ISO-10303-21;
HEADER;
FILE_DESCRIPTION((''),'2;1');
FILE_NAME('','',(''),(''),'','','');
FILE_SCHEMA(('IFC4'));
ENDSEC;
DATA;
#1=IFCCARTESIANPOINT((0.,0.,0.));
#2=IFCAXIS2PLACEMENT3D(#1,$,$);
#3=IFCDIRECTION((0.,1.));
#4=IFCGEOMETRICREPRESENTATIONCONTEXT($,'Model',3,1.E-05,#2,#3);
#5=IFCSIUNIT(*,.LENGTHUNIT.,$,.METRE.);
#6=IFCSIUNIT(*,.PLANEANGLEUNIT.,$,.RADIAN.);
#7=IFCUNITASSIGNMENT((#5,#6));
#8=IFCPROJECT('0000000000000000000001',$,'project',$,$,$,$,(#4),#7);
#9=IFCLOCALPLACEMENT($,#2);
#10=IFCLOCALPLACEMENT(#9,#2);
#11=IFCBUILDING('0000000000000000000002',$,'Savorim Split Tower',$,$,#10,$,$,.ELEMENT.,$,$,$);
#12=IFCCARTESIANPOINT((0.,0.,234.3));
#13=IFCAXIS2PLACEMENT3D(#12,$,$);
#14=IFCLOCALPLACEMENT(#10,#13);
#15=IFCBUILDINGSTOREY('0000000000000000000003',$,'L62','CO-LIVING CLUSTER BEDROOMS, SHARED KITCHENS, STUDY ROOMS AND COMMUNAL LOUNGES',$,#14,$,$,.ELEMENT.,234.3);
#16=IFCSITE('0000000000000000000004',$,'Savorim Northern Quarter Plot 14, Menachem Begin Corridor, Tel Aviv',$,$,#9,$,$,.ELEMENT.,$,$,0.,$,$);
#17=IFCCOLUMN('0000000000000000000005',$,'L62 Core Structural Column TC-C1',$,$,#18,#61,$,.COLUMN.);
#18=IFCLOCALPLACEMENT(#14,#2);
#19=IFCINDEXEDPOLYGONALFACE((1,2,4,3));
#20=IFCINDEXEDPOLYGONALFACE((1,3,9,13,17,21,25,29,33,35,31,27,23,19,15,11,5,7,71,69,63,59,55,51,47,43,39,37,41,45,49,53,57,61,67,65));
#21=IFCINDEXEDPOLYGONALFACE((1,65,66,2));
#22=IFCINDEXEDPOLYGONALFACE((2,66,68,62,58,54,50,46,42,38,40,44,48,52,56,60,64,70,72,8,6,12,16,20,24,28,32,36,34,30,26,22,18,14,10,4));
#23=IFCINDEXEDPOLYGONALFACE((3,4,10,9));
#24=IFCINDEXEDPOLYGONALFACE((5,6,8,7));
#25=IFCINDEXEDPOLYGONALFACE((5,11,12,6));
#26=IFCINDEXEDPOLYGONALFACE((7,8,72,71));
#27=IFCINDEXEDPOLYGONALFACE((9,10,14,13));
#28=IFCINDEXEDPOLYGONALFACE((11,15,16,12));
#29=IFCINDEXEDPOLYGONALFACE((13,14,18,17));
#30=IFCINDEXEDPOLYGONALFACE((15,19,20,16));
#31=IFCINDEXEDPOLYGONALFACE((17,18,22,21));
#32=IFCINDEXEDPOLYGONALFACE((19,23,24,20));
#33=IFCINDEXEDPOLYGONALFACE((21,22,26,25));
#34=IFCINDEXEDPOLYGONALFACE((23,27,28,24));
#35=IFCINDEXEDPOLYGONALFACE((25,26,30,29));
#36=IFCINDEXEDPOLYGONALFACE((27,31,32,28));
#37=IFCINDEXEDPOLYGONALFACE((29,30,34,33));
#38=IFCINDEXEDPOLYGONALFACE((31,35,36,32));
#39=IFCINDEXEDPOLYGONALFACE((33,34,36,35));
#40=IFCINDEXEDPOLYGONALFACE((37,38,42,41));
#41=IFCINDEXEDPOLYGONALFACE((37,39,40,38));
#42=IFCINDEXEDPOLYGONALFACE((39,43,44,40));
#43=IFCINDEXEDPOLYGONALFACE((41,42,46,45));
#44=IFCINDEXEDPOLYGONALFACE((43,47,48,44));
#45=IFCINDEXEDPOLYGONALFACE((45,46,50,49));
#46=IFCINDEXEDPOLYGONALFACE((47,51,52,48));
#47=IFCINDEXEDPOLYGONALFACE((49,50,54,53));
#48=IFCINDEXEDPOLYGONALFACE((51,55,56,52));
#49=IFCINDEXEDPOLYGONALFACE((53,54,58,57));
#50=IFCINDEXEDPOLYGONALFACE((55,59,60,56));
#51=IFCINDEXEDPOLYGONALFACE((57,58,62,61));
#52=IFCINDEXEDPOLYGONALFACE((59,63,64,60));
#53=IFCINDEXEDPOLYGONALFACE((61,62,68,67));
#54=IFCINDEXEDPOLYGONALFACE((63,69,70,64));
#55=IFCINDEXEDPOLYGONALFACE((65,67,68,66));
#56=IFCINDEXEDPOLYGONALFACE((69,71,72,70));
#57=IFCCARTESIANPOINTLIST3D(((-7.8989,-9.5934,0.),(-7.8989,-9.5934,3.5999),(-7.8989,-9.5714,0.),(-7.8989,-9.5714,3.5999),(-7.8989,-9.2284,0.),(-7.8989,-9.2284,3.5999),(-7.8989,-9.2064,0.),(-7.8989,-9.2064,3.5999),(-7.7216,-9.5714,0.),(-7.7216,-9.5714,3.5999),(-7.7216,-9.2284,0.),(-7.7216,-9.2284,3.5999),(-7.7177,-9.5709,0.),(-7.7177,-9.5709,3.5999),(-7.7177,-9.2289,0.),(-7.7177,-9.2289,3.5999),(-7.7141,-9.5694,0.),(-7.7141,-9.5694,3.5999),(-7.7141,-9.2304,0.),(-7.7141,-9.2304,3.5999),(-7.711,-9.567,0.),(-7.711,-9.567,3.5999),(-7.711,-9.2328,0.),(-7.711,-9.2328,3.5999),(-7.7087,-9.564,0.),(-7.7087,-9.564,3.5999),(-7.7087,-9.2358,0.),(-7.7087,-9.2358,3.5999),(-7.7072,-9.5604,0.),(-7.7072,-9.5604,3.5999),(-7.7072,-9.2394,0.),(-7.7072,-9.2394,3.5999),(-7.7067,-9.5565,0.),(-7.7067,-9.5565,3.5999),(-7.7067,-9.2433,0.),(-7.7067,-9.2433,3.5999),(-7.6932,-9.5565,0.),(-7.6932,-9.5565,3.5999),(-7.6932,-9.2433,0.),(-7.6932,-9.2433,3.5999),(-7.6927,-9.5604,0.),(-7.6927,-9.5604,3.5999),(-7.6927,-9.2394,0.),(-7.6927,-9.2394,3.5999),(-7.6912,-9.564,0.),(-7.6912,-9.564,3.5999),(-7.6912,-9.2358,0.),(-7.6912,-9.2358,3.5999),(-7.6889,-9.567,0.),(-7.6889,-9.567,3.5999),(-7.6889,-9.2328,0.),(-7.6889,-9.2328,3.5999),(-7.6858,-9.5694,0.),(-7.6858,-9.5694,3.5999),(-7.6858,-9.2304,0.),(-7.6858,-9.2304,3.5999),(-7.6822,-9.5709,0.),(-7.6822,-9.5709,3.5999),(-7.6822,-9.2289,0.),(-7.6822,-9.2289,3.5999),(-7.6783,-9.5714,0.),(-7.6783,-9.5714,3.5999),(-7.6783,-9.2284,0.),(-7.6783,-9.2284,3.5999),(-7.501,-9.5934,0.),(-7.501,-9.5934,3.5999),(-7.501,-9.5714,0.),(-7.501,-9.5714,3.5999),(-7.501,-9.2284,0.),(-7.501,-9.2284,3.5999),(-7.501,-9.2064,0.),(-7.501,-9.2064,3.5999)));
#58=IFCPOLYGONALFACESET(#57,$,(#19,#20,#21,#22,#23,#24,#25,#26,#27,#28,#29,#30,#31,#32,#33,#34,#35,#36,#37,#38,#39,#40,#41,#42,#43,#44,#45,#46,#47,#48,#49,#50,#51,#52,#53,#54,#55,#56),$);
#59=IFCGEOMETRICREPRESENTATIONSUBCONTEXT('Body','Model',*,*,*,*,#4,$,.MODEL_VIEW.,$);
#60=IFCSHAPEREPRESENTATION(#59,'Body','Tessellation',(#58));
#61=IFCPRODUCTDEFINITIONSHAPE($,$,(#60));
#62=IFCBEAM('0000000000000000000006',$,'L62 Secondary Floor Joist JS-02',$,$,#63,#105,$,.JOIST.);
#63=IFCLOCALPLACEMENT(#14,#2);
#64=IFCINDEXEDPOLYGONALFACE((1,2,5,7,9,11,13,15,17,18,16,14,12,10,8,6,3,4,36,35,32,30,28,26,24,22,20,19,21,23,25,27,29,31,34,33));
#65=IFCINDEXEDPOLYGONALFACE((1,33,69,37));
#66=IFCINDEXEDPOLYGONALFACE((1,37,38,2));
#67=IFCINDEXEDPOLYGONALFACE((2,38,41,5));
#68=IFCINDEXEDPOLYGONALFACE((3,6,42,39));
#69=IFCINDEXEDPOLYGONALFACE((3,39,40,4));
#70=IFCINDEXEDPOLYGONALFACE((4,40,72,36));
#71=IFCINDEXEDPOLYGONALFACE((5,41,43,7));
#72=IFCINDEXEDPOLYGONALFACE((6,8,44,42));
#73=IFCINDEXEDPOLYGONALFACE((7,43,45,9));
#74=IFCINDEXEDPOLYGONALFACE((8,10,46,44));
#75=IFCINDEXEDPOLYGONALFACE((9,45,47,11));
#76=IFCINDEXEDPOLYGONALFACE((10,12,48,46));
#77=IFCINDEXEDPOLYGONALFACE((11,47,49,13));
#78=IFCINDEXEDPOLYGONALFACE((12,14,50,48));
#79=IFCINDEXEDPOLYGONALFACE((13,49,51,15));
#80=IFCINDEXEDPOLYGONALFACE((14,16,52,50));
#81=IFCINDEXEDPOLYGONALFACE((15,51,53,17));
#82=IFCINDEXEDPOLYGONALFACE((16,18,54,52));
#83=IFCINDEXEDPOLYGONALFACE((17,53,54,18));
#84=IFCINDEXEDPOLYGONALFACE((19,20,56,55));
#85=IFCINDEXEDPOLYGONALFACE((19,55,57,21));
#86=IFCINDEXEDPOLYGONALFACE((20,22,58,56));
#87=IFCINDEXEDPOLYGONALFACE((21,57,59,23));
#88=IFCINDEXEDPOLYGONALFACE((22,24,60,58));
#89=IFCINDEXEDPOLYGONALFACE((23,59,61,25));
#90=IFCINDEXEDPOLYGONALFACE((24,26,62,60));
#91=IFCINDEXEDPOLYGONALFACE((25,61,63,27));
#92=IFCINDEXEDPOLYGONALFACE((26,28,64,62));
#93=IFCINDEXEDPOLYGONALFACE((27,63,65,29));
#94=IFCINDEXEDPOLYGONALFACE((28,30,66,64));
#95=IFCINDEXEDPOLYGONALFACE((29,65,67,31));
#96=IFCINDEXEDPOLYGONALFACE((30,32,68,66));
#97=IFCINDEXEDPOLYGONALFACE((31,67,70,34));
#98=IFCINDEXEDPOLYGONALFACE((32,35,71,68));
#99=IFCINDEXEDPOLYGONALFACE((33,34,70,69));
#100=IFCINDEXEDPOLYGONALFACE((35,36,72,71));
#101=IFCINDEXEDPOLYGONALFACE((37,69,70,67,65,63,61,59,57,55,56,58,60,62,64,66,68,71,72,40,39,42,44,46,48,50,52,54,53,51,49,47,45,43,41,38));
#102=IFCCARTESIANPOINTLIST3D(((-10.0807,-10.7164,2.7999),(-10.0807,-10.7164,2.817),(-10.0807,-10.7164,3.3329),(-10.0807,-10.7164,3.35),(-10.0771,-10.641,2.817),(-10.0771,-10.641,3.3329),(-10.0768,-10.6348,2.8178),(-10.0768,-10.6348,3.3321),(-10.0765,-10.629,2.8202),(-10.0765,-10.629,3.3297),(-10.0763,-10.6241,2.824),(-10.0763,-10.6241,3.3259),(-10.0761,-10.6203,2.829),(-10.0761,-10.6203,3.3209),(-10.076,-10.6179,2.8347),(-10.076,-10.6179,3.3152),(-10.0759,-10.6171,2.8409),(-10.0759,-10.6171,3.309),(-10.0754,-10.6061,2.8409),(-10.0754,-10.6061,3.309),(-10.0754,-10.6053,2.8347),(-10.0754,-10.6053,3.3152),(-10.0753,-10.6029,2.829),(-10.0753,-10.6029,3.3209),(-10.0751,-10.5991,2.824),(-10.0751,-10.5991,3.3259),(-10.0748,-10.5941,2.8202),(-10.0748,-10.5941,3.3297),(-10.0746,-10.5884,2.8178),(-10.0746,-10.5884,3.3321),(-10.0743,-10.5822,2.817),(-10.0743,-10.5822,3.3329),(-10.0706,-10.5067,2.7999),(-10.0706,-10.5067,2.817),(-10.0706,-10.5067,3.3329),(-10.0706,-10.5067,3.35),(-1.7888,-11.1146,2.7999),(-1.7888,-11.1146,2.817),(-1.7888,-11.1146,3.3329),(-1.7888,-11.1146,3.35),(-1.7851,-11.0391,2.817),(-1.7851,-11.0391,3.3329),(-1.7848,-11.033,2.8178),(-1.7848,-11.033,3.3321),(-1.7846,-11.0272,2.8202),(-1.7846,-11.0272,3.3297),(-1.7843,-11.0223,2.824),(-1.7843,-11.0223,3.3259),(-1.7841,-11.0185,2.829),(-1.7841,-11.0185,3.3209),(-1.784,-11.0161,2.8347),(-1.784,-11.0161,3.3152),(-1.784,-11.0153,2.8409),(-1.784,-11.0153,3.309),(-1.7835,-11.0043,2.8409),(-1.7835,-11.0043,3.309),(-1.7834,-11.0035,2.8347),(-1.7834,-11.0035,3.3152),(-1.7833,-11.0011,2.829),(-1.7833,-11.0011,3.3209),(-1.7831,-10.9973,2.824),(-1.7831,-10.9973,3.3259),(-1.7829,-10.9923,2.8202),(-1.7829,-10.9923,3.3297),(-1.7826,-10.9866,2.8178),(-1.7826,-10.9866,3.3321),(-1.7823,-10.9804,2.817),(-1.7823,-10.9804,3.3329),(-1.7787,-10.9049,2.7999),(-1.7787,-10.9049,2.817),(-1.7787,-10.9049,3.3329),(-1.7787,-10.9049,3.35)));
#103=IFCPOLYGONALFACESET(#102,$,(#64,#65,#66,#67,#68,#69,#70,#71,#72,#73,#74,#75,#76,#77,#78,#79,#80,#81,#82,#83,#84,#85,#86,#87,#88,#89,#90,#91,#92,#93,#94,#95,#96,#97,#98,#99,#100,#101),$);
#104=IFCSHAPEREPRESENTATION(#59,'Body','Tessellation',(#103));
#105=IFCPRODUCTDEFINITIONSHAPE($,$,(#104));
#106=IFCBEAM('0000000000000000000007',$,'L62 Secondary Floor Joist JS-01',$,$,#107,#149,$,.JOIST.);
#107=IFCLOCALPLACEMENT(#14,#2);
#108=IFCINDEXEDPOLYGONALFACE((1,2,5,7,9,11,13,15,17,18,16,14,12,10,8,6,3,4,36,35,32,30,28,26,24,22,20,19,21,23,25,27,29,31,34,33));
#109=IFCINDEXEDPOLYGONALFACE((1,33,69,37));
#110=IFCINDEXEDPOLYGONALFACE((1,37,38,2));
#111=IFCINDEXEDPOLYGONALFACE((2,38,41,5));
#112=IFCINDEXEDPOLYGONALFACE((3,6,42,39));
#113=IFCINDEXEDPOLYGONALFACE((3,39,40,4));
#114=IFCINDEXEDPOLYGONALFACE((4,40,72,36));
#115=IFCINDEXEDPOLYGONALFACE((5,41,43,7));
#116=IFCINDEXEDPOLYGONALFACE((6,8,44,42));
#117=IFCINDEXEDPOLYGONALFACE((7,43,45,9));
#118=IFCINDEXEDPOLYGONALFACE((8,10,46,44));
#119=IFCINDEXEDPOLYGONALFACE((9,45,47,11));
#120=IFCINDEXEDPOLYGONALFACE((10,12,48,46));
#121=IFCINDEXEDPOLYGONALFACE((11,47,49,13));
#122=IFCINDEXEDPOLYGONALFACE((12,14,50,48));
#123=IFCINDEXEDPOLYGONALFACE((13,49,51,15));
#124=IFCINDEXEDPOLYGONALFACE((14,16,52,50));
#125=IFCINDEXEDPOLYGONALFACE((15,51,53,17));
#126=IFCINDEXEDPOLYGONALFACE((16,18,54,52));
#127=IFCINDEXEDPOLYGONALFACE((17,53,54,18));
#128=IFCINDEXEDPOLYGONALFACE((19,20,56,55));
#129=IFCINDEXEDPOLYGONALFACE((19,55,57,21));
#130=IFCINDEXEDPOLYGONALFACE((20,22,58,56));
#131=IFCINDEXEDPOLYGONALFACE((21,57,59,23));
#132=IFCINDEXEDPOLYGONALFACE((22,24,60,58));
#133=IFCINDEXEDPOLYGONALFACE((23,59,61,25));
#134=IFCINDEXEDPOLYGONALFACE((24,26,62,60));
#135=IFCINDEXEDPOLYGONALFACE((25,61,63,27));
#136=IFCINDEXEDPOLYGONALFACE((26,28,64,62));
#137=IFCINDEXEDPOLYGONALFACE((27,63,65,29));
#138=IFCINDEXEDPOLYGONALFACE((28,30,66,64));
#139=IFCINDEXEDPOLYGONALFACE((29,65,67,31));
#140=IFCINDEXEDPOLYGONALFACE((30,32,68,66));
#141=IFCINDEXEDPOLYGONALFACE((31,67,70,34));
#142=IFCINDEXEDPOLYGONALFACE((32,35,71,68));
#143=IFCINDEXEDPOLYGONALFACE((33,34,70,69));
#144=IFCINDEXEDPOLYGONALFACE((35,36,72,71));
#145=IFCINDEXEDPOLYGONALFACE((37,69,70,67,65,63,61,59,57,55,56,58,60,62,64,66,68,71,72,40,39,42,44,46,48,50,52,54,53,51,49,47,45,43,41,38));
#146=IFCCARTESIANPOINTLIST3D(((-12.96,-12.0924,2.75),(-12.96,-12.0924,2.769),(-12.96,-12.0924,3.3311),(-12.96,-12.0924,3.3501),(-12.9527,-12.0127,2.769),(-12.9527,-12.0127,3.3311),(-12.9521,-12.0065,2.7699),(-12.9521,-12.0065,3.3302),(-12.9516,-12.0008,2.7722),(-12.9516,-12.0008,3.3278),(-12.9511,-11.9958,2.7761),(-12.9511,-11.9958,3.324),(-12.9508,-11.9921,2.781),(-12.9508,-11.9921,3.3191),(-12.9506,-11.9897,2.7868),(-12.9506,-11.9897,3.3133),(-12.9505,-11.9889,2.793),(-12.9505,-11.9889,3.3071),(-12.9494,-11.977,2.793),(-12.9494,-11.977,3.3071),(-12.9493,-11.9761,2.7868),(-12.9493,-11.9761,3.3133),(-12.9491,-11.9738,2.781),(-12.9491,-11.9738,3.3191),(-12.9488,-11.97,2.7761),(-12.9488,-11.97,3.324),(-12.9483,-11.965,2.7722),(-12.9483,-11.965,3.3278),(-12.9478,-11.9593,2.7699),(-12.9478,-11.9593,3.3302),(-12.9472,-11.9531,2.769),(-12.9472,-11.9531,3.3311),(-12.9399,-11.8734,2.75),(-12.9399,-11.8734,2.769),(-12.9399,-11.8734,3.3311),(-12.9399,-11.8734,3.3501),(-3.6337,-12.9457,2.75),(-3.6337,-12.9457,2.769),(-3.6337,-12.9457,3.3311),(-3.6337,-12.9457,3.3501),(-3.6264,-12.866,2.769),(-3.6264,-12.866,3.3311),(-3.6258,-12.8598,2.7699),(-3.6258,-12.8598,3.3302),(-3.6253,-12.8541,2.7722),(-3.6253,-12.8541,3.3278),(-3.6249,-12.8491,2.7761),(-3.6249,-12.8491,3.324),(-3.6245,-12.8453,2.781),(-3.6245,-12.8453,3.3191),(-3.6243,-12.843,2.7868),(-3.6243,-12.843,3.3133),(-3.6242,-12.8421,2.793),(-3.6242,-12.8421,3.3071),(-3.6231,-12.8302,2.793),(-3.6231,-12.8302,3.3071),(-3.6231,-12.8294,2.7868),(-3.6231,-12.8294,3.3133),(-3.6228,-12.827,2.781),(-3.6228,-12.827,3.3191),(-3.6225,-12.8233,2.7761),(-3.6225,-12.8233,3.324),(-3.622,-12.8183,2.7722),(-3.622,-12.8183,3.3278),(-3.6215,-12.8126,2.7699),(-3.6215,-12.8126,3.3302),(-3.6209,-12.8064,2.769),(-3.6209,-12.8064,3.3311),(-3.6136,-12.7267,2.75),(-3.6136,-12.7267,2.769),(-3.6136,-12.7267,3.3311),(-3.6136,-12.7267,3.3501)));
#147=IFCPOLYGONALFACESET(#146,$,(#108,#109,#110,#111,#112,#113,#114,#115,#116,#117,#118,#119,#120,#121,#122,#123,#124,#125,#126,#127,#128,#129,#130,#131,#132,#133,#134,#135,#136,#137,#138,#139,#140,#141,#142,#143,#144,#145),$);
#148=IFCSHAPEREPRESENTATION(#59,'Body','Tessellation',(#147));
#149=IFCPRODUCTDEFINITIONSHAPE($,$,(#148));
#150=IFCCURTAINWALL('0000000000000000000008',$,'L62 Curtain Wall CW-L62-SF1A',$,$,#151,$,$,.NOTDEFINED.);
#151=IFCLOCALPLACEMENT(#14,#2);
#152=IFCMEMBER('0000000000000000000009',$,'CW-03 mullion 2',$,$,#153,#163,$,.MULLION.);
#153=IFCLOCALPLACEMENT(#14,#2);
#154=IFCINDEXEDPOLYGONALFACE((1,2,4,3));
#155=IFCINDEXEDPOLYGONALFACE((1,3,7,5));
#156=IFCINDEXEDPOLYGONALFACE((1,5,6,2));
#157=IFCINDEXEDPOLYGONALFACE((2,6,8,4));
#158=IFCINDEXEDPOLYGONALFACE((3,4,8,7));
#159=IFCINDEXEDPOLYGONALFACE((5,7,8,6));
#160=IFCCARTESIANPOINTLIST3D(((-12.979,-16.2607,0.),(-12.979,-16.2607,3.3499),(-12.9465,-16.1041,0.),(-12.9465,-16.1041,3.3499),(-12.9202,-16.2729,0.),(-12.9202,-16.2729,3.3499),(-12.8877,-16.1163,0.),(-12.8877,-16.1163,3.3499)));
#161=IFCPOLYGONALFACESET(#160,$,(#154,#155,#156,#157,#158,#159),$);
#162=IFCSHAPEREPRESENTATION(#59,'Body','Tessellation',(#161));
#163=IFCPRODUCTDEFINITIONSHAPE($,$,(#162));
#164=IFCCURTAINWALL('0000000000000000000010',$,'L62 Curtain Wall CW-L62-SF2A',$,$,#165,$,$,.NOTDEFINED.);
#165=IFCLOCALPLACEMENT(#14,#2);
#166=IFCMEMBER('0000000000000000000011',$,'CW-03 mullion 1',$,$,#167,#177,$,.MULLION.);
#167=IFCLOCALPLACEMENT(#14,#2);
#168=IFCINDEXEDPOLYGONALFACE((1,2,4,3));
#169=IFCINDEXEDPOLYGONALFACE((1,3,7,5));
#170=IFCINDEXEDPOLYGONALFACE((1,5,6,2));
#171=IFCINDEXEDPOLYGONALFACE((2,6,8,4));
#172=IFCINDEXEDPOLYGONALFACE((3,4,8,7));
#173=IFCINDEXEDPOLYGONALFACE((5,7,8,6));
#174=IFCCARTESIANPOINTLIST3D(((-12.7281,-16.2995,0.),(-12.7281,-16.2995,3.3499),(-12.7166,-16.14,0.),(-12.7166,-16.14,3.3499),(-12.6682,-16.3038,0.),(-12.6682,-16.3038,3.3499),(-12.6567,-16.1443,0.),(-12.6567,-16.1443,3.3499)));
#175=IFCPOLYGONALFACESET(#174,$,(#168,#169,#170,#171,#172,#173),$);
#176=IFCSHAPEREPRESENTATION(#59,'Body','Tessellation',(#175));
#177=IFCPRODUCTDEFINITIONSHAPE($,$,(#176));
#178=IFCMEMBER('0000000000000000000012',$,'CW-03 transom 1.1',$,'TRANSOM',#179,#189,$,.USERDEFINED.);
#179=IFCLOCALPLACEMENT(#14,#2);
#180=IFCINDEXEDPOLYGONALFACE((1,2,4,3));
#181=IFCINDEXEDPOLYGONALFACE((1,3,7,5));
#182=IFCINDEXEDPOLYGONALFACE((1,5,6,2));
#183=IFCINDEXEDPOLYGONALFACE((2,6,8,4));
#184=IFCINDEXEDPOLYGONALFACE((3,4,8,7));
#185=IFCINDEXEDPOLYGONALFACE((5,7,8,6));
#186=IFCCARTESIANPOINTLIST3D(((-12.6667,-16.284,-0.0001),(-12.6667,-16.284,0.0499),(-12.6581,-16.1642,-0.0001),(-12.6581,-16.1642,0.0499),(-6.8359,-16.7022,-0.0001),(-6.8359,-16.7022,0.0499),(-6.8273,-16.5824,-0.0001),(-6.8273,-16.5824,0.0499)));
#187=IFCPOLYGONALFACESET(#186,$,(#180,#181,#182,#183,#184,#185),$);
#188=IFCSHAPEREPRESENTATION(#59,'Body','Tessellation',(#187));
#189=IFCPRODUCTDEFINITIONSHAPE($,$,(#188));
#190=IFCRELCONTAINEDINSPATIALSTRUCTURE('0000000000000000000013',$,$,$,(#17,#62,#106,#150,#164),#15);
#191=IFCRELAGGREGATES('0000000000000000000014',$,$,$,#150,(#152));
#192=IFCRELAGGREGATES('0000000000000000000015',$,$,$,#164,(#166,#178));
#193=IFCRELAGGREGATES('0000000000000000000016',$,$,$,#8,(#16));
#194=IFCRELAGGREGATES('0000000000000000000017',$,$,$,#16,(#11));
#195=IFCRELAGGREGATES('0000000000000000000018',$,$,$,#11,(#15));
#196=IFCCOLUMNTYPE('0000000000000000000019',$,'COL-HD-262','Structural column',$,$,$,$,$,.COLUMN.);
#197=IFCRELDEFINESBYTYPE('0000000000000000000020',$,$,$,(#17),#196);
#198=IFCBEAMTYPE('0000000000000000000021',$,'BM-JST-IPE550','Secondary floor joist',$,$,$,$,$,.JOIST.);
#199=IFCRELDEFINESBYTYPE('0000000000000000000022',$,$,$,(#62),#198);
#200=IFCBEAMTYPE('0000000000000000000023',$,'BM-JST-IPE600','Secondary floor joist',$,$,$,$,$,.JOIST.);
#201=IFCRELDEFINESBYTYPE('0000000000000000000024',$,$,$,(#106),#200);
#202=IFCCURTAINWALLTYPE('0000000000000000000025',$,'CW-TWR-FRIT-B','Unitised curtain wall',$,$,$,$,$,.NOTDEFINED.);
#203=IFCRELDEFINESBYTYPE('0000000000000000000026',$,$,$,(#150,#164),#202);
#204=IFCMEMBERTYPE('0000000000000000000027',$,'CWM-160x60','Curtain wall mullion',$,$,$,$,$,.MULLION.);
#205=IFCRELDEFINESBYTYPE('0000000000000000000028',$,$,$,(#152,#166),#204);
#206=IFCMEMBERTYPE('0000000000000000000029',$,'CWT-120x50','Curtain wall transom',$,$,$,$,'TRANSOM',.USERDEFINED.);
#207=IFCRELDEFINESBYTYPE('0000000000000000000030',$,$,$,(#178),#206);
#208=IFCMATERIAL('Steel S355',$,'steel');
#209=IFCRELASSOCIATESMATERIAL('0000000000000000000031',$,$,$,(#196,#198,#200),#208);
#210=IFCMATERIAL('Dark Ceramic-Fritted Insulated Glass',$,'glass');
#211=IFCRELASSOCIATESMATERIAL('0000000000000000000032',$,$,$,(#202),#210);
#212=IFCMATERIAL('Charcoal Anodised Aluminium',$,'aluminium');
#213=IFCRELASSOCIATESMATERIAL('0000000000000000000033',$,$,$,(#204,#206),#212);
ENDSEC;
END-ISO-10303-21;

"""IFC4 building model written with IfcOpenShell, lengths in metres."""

from ifc_helpers import new_model, si_unit, direction, frame, origin, origin_2d, place, context, subcontext, project, spatial, rectangle, i_section, extrude, material, material_profile, profile_set, type_object, element, aggregate, save


model = new_model("IFC4")

# Units and contexts
model_context = context("Model", 3, precision=1e-05, world=origin(), true_north=direction((0.0, 1.0)))
body_context = subcontext(model_context, "Body", "Model", "MODEL_VIEW")
ifc_project = project(units=[si_unit("LENGTHUNIT", "METRE"), si_unit("PLANEANGLEUNIT", "RADIAN")], contexts=[model_context])

# Site, building, storey
site_placement = place(None, origin())
site = spatial("IfcSite", under=ifc_project, at=site_placement, Name="Savorim Northern Quarter Plot 14, Menachem Begin Corridor, Tel Aviv", CompositionType="ELEMENT", RefElevation=0.0)
building_placement = place(site_placement, origin())
building = spatial("IfcBuilding", under=site, at=building_placement, Name="Savorim Split Tower", CompositionType="ELEMENT")
storey_placement = place(building_placement, frame((0.0, 0.0, 234.3)))
storey = spatial("IfcBuildingStorey", under=building, at=storey_placement, Name="L62", Description="CO-LIVING CLUSTER BEDROOMS, SHARED KITCHENS, STUDY ROOMS AND COMMUNAL LOUNGES", CompositionType="ELEMENT", Elevation=234.3)

# Column
ifc_material_1 = material(Name="Steel S355", Category="steel")
ifc_material_profile_1 = material_profile(ifc_material_1, i_section(OverallWidth=0.3979, OverallDepth=0.387, WebThickness=0.0134, FlangeThickness=0.022, FilletRadius=0.0149, at=origin_2d()), Name="HD 400x262")
ifc_profile_set_1 = profile_set([ifc_material_profile_1], Name="Steel S355")
column_type = type_object("IfcColumnType", Name="COL-HD-262", Description="Structural column", PredefinedType="COLUMN", material=ifc_profile_set_1)
column_placement = place(storey_placement, frame((-7.7, -9.3999, 0.0), z_axis=(0.0, 0.0, 1.0), x_axis=(1.0, 0.0, 0.0)))
element("IfcColumn", 1, at=column_placement, inside=storey, type_object=column_type, Name="L62 Core Structural Column TC-C1", PredefinedType="COLUMN", context=body_context, shape_type="SweptSolid", body=[
    extrude(i_section(OverallWidth=0.3979, OverallDepth=0.387, WebThickness=0.0134, FlangeThickness=0.022, FilletRadius=0.0149, at=origin_2d()), origin(), (0.0, 0.0, 1.0), 3.5999),
])

# Beams
ifc_material_profile_2 = material_profile(ifc_material_1, i_section(OverallWidth=0.21, OverallDepth=0.55, WebThickness=0.011, FlangeThickness=0.0171, FilletRadius=0.0239, at=origin_2d()), Name="IPE 550")
ifc_profile_set_2 = profile_set([ifc_material_profile_2], Name="Steel S355")
beam_type_1 = type_object("IfcBeamType", Name="BM-JST-IPE550", Description="Secondary floor joist", PredefinedType="JOIST", material=ifc_profile_set_2)
beam_1_placement = place(storey_placement, frame((-10.0757, -10.6116, 3.075), z_axis=(0.998849, -0.047966, 0.0), x_axis=(0.047966, 0.998849, 0.0)))
element("IfcBeam", 2, at=beam_1_placement, inside=storey, type_object=beam_type_1, Name="L62 Secondary Floor Joist JS-02", PredefinedType="JOIST", context=body_context, shape_type="SweptSolid", body=[
    extrude(i_section(OverallWidth=0.21, OverallDepth=0.55, WebThickness=0.011, FlangeThickness=0.0171, FilletRadius=0.0239, at=origin_2d()), origin(), (0.0, 0.0, 1.0), 8.3015),
])
ifc_material_profile_3 = material_profile(ifc_material_1, i_section(OverallWidth=0.22, OverallDepth=0.6001, WebThickness=0.012, FlangeThickness=0.019, FilletRadius=0.0239, at=origin_2d()), Name="IPE 600")
ifc_profile_set_3 = profile_set([ifc_material_profile_3], Name="Steel S355")
beam_type_2 = type_object("IfcBeamType", Name="BM-JST-IPE600", Description="Secondary floor joist", PredefinedType="JOIST", material=ifc_profile_set_3)
beam_2_placement = place(storey_placement, frame((-12.95, -11.9829, 3.05), z_axis=(0.995841, -0.091112, 0.0), x_axis=(0.091112, 0.995841, 0.0)))
element("IfcBeam", 3, at=beam_2_placement, inside=storey, type_object=beam_type_2, Name="L62 Secondary Floor Joist JS-01", PredefinedType="JOIST", context=body_context, shape_type="SweptSolid", body=[
    extrude(i_section(OverallWidth=0.22, OverallDepth=0.6001, WebThickness=0.012, FlangeThickness=0.019, FilletRadius=0.0239, at=origin_2d()), origin(), (0.0, 0.0, 1.0), 9.3652),
])

# Curtain wall, member
ifc_material_2 = material(Name="Dark Ceramic-Fritted Insulated Glass", Category="glass")
curtain_wall_type = type_object("IfcCurtainWallType", Name="CW-TWR-FRIT-B", Description="Unitised curtain wall", PredefinedType="NOTDEFINED", material=ifc_material_2)
curtain_wall_1_placement = place(storey_placement, origin())
curtain_wall_1 = element("IfcCurtainWall", 4, at=curtain_wall_1_placement, inside=storey, type_object=curtain_wall_type, Name="L62 Curtain Wall CW-L62-SF1A", PredefinedType="NOTDEFINED")
ifc_material_3 = material(Name="Charcoal Anodised Aluminium", Category="aluminium")
ifc_material_profile_4 = material_profile(ifc_material_3, rectangle(XDim=0.1599, YDim=0.0601, at=origin_2d()), Name="ALU-M 160x60")
ifc_profile_set_4 = profile_set([ifc_material_profile_4], Name="Charcoal Anodised Aluminium")
member_type_1 = type_object("IfcMemberType", Name="CWM-160x60", Description="Curtain wall mullion", PredefinedType="MULLION", material=ifc_profile_set_4)
member_1_placement = place(storey_placement, frame((-12.9333, -16.1885, 0.0), z_axis=(0.0, 0.0, 1.0), x_axis=(0.203215, 0.979134, 0.0)))
member_1 = element("IfcMember", 5, at=member_1_placement, type_object=member_type_1, Name="CW-03 mullion 2", PredefinedType="MULLION", context=body_context, shape_type="SweptSolid", body=[
    extrude(rectangle(XDim=0.1599, YDim=0.0601, at=origin_2d()), origin(), (0.0, 0.0, 1.0), 3.3499),
])
aggregate(curtain_wall_1, [member_1])

# Curtain wall, members
curtain_wall_2_placement = place(storey_placement, origin())
curtain_wall_2 = element("IfcCurtainWall", 6, at=curtain_wall_2_placement, inside=storey, type_object=curtain_wall_type, Name="L62 Curtain Wall CW-L62-SF2A", PredefinedType="NOTDEFINED")
member_2_placement = place(storey_placement, frame((-12.6924, -16.2219, 0.0), z_axis=(0.0, 0.0, 1.0), x_axis=(0.071558, 0.997436, 0.0)))
member_2 = element("IfcMember", 7, at=member_2_placement, type_object=member_type_1, Name="CW-03 mullion 1", PredefinedType="MULLION", context=body_context, shape_type="SweptSolid", body=[
    extrude(rectangle(XDim=0.1599, YDim=0.0601, at=origin_2d()), origin(), (0.0, 0.0, 1.0), 3.3499),
])
ifc_material_profile_5 = material_profile(ifc_material_3, rectangle(XDim=0.1201, YDim=0.05, at=origin_2d()), Name="ALU-T 120x50")
ifc_profile_set_5 = profile_set([ifc_material_profile_5], Name="Charcoal Anodised Aluminium")
member_type_2 = type_object("IfcMemberType", Name="CWT-120x50", Description="Curtain wall transom", ElementType="TRANSOM", PredefinedType="USERDEFINED", material=ifc_profile_set_5)
member_3_placement = place(storey_placement, frame((-12.6624, -16.2241, 0.0249), z_axis=(0.997438, -0.071541, 0.0), x_axis=(0.071541, 0.997438, 0.0)))
member_3 = element("IfcMember", 8, at=member_3_placement, type_object=member_type_2, Name="CW-03 transom 1.1", ObjectType="TRANSOM", PredefinedType="USERDEFINED", context=body_context, shape_type="SweptSolid", body=[
    extrude(rectangle(XDim=0.1201, YDim=0.05, at=origin_2d()), origin(), (0.0, 0.0, 1.0), 5.8457),
])
aggregate(curtain_wall_2, [member_2, member_3])

save(model, "model.ifc")
